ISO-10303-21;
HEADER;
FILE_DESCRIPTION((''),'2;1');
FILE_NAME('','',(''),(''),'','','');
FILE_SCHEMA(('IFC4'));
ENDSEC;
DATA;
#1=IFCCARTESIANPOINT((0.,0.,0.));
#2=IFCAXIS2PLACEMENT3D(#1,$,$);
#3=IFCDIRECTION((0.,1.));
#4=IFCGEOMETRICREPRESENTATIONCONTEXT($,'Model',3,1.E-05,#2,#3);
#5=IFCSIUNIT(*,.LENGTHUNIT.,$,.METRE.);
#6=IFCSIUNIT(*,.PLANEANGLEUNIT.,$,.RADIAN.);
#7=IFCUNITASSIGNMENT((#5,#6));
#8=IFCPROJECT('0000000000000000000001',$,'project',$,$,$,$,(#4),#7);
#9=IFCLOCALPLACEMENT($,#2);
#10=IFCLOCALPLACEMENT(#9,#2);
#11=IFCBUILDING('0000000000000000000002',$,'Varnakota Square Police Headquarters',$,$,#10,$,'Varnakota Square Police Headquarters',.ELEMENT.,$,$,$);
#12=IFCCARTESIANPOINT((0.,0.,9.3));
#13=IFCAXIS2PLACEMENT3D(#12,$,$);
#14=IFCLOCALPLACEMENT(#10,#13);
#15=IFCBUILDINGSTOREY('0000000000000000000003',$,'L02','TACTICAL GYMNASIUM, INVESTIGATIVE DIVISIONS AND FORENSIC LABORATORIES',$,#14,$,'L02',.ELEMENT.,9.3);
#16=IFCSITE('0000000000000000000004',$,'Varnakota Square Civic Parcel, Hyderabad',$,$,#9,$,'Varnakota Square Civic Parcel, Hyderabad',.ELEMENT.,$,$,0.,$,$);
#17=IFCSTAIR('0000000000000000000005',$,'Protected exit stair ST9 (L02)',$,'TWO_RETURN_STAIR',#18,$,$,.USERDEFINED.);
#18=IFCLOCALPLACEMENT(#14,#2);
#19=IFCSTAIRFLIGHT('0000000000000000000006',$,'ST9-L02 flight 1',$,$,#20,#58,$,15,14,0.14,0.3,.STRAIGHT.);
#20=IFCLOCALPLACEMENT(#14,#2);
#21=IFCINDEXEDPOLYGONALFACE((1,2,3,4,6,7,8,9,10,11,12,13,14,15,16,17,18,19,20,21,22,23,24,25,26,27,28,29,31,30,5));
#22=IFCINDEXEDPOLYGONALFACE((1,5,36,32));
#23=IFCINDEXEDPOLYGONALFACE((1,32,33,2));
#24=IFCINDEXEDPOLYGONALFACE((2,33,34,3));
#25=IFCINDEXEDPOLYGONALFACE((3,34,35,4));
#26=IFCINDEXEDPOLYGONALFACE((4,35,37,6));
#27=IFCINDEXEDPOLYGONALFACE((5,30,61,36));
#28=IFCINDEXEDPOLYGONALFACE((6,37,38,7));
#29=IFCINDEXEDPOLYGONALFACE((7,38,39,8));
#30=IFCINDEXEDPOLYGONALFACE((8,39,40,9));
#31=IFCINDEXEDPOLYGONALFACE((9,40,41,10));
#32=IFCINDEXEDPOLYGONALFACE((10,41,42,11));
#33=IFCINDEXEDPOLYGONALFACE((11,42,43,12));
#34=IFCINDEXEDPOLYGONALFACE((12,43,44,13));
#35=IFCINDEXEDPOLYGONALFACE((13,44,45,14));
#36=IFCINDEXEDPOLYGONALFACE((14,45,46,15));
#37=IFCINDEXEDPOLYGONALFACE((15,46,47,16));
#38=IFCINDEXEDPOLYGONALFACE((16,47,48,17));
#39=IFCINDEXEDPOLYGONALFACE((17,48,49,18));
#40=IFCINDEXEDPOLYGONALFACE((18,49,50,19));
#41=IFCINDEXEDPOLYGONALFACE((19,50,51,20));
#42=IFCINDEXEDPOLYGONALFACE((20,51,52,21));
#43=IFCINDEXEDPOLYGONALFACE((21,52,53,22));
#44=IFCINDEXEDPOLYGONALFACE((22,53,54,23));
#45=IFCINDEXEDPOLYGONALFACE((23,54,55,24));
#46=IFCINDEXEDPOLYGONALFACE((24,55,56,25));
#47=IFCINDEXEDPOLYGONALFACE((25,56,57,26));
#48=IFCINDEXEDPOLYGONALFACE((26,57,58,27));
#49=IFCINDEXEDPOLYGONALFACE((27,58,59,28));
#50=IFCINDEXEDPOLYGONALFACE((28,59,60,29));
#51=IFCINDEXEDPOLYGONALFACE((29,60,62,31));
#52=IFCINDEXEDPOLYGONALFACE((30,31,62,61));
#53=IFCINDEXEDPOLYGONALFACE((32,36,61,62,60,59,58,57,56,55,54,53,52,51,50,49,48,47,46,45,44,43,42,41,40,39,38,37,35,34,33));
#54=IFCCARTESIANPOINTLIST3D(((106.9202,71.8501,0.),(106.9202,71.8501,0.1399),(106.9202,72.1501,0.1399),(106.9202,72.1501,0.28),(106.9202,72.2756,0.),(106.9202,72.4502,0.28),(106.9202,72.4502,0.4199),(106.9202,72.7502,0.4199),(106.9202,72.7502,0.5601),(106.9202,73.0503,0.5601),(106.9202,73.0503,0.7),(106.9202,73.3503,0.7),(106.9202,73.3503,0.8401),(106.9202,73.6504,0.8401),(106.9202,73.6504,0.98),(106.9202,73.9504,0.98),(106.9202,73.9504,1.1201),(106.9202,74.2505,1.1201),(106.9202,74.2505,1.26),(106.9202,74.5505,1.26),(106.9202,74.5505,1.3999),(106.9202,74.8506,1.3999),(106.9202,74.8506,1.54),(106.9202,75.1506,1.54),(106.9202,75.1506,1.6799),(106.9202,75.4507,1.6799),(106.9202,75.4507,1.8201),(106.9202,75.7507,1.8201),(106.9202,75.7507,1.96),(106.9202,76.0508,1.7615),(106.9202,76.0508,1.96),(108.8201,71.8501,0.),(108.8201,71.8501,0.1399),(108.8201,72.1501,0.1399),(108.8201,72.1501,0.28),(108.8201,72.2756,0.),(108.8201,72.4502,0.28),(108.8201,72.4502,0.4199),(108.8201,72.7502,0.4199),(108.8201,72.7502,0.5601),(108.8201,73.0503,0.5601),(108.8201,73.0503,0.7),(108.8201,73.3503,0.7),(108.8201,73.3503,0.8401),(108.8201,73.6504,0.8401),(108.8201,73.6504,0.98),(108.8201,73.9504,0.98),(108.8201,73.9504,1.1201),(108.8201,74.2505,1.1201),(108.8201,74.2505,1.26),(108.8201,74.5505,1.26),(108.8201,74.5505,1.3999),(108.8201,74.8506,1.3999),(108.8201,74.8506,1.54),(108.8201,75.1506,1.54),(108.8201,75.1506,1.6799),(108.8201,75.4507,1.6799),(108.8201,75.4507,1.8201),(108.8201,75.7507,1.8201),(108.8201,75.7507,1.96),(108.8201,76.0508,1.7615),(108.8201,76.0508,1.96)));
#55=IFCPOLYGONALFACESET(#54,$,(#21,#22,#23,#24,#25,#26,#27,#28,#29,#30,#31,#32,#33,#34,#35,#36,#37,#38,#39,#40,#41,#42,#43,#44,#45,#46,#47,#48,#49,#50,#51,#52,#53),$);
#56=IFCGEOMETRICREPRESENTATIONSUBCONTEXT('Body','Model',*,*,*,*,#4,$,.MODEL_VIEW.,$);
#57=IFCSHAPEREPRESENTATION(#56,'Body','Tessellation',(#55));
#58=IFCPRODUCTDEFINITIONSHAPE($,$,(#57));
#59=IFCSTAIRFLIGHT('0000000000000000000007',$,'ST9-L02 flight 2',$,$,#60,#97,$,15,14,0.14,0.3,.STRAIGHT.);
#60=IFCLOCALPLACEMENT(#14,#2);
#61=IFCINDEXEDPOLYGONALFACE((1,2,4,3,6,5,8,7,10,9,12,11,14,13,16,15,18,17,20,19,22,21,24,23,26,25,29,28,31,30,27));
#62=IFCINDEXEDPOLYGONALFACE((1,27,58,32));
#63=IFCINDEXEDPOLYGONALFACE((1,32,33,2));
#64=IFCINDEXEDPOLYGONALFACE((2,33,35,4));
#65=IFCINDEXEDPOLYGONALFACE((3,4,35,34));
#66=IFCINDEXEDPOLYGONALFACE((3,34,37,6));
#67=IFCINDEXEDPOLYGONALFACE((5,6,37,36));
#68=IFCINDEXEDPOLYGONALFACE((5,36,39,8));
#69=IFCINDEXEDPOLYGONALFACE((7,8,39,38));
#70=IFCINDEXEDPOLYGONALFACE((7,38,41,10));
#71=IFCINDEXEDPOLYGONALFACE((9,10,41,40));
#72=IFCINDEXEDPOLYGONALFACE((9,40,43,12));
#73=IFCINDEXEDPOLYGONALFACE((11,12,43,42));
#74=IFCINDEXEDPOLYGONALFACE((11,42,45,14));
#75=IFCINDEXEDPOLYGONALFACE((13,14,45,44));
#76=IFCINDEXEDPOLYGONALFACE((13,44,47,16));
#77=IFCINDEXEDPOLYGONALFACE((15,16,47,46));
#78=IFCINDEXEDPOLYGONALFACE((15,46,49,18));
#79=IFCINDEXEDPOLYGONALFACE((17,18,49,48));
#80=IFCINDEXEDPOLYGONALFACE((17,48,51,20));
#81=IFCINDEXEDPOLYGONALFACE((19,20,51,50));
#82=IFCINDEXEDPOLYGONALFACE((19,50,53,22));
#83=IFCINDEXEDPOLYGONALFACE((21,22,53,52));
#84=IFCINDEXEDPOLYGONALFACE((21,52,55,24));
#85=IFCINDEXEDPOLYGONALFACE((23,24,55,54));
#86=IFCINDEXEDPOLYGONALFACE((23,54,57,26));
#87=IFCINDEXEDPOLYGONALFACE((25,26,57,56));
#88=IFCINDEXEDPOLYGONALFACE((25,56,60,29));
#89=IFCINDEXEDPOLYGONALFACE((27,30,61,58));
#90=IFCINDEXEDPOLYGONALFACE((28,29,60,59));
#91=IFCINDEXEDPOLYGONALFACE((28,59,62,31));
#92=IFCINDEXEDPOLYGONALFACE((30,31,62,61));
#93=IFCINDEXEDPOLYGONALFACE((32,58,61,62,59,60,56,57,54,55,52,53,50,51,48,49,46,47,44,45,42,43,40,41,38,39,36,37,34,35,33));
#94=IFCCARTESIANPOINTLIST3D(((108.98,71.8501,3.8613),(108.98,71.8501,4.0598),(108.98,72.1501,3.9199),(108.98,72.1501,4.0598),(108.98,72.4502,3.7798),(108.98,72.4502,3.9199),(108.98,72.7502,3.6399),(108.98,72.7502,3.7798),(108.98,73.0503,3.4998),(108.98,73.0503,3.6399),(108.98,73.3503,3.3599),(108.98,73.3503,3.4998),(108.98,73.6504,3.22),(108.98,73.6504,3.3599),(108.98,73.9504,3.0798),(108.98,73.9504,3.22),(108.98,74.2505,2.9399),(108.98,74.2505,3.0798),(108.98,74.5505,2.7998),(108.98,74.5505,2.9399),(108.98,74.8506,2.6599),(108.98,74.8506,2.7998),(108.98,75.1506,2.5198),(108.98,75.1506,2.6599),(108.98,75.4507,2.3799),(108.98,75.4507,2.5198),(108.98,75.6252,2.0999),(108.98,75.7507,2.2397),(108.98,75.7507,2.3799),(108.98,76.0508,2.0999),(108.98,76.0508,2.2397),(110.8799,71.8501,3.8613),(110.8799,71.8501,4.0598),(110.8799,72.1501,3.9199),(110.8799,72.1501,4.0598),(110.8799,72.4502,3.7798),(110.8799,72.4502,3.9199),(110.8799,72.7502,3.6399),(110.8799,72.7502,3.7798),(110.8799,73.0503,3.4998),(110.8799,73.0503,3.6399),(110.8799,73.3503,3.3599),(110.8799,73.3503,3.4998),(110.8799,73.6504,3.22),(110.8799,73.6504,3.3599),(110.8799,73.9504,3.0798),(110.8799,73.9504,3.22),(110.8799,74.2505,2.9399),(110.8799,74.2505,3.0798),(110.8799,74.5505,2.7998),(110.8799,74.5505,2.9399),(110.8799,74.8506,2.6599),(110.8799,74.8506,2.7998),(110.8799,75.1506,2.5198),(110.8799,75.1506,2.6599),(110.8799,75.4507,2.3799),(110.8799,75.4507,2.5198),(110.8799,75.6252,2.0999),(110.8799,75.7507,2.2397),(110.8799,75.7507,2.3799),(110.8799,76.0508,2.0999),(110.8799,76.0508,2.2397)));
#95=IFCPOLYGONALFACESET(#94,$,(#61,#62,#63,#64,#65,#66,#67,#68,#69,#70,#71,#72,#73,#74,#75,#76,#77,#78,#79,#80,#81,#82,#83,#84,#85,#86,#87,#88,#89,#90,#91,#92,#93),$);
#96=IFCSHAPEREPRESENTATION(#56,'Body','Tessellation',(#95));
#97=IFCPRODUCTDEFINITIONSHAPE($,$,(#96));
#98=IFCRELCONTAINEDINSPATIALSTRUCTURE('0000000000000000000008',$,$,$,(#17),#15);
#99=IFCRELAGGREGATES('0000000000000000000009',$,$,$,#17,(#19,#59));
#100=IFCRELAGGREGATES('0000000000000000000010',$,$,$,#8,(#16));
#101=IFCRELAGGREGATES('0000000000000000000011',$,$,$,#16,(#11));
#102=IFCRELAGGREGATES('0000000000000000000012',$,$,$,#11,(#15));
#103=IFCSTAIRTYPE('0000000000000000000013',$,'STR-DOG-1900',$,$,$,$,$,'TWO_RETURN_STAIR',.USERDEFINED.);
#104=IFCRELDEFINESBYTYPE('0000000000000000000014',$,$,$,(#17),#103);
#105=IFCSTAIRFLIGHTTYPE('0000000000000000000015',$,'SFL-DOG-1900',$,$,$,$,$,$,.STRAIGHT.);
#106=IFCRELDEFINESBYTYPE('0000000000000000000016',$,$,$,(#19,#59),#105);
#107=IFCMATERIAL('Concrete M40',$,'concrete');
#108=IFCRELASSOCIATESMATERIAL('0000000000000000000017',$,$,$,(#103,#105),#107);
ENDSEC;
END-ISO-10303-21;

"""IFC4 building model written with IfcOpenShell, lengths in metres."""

from ifc_helpers import new_model, si_unit, direction, frame, origin, place, context, subcontext, project, spatial, polyline, outline, extrude, material, type_object, element, aggregate, save


model = new_model("IFC4")

# Units and contexts
model_context = context("Model", 3, precision=1e-05, world=origin(), true_north=direction((0.0, 1.0)))
body_context = subcontext(model_context, "Body", "Model", "MODEL_VIEW")
ifc_project = project(units=[si_unit("LENGTHUNIT", "METRE"), si_unit("PLANEANGLEUNIT", "RADIAN")], contexts=[model_context])

# Site, building, storey
site_placement = place(None, origin())
site = spatial("IfcSite", under=ifc_project, at=site_placement, Name="Varnakota Square Civic Parcel, Hyderabad", LongName="Varnakota Square Civic Parcel, Hyderabad", CompositionType="ELEMENT", RefElevation=0.0)
building_placement = place(site_placement, origin())
building = spatial("IfcBuilding", under=site, at=building_placement, Name="Varnakota Square Police Headquarters", LongName="Varnakota Square Police Headquarters", CompositionType="ELEMENT")
storey_placement = place(building_placement, frame((0.0, 0.0, 9.3)))
storey = spatial("IfcBuildingStorey", under=building, at=storey_placement, Name="L02", Description="TACTICAL GYMNASIUM, INVESTIGATIVE DIVISIONS AND FORENSIC LABORATORIES", LongName="L02", CompositionType="ELEMENT", Elevation=9.3)

# Shared definitions
ifc_material_1 = material(Name="Concrete M40", Category="concrete")

# Stair, stair flights
stair_type = type_object("IfcStairType", Name="STR-DOG-1900", ElementType="TWO_RETURN_STAIR", PredefinedType="USERDEFINED", material=ifc_material_1)
stair_placement = place(storey_placement, origin())
stair = element("IfcStair", 1, at=stair_placement, inside=storey, type_object=stair_type, Name="Protected exit stair ST9 (L02)", ObjectType="TWO_RETURN_STAIR", PredefinedType="USERDEFINED")
stair_flight_type = type_object("IfcStairFlightType", Name="SFL-DOG-1900", PredefinedType="STRAIGHT", material=ifc_material_1)
stair_flight_1_placement = place(storey_placement, frame((107.8701, 71.8501, 0.0), z_axis=(0.0, 0.0, 1.0), x_axis=(0.0, 1.0, 0.0)))
stair_flight_1 = element("IfcStairFlight", 2, at=stair_flight_1_placement, type_object=stair_flight_type, Name="ST9-L02 flight 1", NumberOfRisers=15, NumberOfTreads=14, PredefinedType="STRAIGHT", RiserHeight=0.14, TreadLength=0.3, context=body_context, shape_type="SweptSolid", body=[
    extrude(outline(polyline([(0.0, 0.0), (0.0, 0.1399), (0.3, 0.1399), (0.3, 0.28), (0.6001, 0.28), (0.6001, 0.4199), (0.9001, 0.4199), (0.9001, 0.5601), (1.2002, 0.5601), (1.2002, 0.7), (1.5002, 0.7), (1.5002, 0.8401), (1.8003, 0.8401), (1.8003, 0.98), (2.1003, 0.98), (2.1003, 1.1201), (2.4004, 1.1201), (2.4004, 1.26), (2.7004, 1.26), (2.7004, 1.3999), (3.0005, 1.3999), (3.0005, 1.54), (3.3005, 1.54), (3.3005, 1.6799), (3.6006, 1.6799), (3.6006, 1.8201), (3.9006, 1.8201), (3.9006, 1.96), (4.2007, 1.96), (4.2007, 2.1001), (4.2007, 1.7615), (0.4255, 0.0), (0.0, 0.0)])), frame((0.0, 0.95, 0.0), z_axis=(0.0, -1.0, 0.0), x_axis=(1.0, 0.0, 0.0)), (0.0, 0.0, 1.0), 1.8999),
])
stair_flight_2_placement = place(storey_placement, frame((109.9299, 76.0508, 2.0999), z_axis=(0.0, 0.0, 1.0), x_axis=(0.0, -1.0, 0.0)))
stair_flight_2 = element("IfcStairFlight", 3, at=stair_flight_2_placement, type_object=stair_flight_type, Name="ST9-L02 flight 2", NumberOfRisers=15, NumberOfTreads=14, PredefinedType="STRAIGHT", RiserHeight=0.14, TreadLength=0.3, context=body_context, shape_type="SweptSolid", body=[
    extrude(outline(polyline([(0.0, 0.0), (0.0, 0.1399), (0.3, 0.1399), (0.3, 0.28), (0.6001, 0.28), (0.6001, 0.4199), (0.9001, 0.4199), (0.9001, 0.5601), (1.2002, 0.5601), (1.2002, 0.7), (1.5002, 0.7), (1.5002, 0.8401), (1.8003, 0.8401), (1.8003, 0.98), (2.1003, 0.98), (2.1003, 1.1201), (2.4004, 1.1201), (2.4004, 1.26), (2.7004, 1.26), (2.7004, 1.3999), (3.0005, 1.3999), (3.0005, 1.54), (3.3005, 1.54), (3.3005, 1.6799), (3.6006, 1.6799), (3.6006, 1.8201), (3.9006, 1.8201), (3.9006, 1.96), (4.2007, 1.96), (4.2007, 2.1001), (4.2007, 1.7615), (0.4255, 0.0), (0.0, 0.0)])), frame((0.0, 0.95, 0.0), z_axis=(0.0, -1.0, 0.0), x_axis=(1.0, 0.0, 0.0)), (0.0, 0.0, 1.0), 1.8999),
])
aggregate(stair, [stair_flight_1, stair_flight_2])

save(model, "model.ifc")
